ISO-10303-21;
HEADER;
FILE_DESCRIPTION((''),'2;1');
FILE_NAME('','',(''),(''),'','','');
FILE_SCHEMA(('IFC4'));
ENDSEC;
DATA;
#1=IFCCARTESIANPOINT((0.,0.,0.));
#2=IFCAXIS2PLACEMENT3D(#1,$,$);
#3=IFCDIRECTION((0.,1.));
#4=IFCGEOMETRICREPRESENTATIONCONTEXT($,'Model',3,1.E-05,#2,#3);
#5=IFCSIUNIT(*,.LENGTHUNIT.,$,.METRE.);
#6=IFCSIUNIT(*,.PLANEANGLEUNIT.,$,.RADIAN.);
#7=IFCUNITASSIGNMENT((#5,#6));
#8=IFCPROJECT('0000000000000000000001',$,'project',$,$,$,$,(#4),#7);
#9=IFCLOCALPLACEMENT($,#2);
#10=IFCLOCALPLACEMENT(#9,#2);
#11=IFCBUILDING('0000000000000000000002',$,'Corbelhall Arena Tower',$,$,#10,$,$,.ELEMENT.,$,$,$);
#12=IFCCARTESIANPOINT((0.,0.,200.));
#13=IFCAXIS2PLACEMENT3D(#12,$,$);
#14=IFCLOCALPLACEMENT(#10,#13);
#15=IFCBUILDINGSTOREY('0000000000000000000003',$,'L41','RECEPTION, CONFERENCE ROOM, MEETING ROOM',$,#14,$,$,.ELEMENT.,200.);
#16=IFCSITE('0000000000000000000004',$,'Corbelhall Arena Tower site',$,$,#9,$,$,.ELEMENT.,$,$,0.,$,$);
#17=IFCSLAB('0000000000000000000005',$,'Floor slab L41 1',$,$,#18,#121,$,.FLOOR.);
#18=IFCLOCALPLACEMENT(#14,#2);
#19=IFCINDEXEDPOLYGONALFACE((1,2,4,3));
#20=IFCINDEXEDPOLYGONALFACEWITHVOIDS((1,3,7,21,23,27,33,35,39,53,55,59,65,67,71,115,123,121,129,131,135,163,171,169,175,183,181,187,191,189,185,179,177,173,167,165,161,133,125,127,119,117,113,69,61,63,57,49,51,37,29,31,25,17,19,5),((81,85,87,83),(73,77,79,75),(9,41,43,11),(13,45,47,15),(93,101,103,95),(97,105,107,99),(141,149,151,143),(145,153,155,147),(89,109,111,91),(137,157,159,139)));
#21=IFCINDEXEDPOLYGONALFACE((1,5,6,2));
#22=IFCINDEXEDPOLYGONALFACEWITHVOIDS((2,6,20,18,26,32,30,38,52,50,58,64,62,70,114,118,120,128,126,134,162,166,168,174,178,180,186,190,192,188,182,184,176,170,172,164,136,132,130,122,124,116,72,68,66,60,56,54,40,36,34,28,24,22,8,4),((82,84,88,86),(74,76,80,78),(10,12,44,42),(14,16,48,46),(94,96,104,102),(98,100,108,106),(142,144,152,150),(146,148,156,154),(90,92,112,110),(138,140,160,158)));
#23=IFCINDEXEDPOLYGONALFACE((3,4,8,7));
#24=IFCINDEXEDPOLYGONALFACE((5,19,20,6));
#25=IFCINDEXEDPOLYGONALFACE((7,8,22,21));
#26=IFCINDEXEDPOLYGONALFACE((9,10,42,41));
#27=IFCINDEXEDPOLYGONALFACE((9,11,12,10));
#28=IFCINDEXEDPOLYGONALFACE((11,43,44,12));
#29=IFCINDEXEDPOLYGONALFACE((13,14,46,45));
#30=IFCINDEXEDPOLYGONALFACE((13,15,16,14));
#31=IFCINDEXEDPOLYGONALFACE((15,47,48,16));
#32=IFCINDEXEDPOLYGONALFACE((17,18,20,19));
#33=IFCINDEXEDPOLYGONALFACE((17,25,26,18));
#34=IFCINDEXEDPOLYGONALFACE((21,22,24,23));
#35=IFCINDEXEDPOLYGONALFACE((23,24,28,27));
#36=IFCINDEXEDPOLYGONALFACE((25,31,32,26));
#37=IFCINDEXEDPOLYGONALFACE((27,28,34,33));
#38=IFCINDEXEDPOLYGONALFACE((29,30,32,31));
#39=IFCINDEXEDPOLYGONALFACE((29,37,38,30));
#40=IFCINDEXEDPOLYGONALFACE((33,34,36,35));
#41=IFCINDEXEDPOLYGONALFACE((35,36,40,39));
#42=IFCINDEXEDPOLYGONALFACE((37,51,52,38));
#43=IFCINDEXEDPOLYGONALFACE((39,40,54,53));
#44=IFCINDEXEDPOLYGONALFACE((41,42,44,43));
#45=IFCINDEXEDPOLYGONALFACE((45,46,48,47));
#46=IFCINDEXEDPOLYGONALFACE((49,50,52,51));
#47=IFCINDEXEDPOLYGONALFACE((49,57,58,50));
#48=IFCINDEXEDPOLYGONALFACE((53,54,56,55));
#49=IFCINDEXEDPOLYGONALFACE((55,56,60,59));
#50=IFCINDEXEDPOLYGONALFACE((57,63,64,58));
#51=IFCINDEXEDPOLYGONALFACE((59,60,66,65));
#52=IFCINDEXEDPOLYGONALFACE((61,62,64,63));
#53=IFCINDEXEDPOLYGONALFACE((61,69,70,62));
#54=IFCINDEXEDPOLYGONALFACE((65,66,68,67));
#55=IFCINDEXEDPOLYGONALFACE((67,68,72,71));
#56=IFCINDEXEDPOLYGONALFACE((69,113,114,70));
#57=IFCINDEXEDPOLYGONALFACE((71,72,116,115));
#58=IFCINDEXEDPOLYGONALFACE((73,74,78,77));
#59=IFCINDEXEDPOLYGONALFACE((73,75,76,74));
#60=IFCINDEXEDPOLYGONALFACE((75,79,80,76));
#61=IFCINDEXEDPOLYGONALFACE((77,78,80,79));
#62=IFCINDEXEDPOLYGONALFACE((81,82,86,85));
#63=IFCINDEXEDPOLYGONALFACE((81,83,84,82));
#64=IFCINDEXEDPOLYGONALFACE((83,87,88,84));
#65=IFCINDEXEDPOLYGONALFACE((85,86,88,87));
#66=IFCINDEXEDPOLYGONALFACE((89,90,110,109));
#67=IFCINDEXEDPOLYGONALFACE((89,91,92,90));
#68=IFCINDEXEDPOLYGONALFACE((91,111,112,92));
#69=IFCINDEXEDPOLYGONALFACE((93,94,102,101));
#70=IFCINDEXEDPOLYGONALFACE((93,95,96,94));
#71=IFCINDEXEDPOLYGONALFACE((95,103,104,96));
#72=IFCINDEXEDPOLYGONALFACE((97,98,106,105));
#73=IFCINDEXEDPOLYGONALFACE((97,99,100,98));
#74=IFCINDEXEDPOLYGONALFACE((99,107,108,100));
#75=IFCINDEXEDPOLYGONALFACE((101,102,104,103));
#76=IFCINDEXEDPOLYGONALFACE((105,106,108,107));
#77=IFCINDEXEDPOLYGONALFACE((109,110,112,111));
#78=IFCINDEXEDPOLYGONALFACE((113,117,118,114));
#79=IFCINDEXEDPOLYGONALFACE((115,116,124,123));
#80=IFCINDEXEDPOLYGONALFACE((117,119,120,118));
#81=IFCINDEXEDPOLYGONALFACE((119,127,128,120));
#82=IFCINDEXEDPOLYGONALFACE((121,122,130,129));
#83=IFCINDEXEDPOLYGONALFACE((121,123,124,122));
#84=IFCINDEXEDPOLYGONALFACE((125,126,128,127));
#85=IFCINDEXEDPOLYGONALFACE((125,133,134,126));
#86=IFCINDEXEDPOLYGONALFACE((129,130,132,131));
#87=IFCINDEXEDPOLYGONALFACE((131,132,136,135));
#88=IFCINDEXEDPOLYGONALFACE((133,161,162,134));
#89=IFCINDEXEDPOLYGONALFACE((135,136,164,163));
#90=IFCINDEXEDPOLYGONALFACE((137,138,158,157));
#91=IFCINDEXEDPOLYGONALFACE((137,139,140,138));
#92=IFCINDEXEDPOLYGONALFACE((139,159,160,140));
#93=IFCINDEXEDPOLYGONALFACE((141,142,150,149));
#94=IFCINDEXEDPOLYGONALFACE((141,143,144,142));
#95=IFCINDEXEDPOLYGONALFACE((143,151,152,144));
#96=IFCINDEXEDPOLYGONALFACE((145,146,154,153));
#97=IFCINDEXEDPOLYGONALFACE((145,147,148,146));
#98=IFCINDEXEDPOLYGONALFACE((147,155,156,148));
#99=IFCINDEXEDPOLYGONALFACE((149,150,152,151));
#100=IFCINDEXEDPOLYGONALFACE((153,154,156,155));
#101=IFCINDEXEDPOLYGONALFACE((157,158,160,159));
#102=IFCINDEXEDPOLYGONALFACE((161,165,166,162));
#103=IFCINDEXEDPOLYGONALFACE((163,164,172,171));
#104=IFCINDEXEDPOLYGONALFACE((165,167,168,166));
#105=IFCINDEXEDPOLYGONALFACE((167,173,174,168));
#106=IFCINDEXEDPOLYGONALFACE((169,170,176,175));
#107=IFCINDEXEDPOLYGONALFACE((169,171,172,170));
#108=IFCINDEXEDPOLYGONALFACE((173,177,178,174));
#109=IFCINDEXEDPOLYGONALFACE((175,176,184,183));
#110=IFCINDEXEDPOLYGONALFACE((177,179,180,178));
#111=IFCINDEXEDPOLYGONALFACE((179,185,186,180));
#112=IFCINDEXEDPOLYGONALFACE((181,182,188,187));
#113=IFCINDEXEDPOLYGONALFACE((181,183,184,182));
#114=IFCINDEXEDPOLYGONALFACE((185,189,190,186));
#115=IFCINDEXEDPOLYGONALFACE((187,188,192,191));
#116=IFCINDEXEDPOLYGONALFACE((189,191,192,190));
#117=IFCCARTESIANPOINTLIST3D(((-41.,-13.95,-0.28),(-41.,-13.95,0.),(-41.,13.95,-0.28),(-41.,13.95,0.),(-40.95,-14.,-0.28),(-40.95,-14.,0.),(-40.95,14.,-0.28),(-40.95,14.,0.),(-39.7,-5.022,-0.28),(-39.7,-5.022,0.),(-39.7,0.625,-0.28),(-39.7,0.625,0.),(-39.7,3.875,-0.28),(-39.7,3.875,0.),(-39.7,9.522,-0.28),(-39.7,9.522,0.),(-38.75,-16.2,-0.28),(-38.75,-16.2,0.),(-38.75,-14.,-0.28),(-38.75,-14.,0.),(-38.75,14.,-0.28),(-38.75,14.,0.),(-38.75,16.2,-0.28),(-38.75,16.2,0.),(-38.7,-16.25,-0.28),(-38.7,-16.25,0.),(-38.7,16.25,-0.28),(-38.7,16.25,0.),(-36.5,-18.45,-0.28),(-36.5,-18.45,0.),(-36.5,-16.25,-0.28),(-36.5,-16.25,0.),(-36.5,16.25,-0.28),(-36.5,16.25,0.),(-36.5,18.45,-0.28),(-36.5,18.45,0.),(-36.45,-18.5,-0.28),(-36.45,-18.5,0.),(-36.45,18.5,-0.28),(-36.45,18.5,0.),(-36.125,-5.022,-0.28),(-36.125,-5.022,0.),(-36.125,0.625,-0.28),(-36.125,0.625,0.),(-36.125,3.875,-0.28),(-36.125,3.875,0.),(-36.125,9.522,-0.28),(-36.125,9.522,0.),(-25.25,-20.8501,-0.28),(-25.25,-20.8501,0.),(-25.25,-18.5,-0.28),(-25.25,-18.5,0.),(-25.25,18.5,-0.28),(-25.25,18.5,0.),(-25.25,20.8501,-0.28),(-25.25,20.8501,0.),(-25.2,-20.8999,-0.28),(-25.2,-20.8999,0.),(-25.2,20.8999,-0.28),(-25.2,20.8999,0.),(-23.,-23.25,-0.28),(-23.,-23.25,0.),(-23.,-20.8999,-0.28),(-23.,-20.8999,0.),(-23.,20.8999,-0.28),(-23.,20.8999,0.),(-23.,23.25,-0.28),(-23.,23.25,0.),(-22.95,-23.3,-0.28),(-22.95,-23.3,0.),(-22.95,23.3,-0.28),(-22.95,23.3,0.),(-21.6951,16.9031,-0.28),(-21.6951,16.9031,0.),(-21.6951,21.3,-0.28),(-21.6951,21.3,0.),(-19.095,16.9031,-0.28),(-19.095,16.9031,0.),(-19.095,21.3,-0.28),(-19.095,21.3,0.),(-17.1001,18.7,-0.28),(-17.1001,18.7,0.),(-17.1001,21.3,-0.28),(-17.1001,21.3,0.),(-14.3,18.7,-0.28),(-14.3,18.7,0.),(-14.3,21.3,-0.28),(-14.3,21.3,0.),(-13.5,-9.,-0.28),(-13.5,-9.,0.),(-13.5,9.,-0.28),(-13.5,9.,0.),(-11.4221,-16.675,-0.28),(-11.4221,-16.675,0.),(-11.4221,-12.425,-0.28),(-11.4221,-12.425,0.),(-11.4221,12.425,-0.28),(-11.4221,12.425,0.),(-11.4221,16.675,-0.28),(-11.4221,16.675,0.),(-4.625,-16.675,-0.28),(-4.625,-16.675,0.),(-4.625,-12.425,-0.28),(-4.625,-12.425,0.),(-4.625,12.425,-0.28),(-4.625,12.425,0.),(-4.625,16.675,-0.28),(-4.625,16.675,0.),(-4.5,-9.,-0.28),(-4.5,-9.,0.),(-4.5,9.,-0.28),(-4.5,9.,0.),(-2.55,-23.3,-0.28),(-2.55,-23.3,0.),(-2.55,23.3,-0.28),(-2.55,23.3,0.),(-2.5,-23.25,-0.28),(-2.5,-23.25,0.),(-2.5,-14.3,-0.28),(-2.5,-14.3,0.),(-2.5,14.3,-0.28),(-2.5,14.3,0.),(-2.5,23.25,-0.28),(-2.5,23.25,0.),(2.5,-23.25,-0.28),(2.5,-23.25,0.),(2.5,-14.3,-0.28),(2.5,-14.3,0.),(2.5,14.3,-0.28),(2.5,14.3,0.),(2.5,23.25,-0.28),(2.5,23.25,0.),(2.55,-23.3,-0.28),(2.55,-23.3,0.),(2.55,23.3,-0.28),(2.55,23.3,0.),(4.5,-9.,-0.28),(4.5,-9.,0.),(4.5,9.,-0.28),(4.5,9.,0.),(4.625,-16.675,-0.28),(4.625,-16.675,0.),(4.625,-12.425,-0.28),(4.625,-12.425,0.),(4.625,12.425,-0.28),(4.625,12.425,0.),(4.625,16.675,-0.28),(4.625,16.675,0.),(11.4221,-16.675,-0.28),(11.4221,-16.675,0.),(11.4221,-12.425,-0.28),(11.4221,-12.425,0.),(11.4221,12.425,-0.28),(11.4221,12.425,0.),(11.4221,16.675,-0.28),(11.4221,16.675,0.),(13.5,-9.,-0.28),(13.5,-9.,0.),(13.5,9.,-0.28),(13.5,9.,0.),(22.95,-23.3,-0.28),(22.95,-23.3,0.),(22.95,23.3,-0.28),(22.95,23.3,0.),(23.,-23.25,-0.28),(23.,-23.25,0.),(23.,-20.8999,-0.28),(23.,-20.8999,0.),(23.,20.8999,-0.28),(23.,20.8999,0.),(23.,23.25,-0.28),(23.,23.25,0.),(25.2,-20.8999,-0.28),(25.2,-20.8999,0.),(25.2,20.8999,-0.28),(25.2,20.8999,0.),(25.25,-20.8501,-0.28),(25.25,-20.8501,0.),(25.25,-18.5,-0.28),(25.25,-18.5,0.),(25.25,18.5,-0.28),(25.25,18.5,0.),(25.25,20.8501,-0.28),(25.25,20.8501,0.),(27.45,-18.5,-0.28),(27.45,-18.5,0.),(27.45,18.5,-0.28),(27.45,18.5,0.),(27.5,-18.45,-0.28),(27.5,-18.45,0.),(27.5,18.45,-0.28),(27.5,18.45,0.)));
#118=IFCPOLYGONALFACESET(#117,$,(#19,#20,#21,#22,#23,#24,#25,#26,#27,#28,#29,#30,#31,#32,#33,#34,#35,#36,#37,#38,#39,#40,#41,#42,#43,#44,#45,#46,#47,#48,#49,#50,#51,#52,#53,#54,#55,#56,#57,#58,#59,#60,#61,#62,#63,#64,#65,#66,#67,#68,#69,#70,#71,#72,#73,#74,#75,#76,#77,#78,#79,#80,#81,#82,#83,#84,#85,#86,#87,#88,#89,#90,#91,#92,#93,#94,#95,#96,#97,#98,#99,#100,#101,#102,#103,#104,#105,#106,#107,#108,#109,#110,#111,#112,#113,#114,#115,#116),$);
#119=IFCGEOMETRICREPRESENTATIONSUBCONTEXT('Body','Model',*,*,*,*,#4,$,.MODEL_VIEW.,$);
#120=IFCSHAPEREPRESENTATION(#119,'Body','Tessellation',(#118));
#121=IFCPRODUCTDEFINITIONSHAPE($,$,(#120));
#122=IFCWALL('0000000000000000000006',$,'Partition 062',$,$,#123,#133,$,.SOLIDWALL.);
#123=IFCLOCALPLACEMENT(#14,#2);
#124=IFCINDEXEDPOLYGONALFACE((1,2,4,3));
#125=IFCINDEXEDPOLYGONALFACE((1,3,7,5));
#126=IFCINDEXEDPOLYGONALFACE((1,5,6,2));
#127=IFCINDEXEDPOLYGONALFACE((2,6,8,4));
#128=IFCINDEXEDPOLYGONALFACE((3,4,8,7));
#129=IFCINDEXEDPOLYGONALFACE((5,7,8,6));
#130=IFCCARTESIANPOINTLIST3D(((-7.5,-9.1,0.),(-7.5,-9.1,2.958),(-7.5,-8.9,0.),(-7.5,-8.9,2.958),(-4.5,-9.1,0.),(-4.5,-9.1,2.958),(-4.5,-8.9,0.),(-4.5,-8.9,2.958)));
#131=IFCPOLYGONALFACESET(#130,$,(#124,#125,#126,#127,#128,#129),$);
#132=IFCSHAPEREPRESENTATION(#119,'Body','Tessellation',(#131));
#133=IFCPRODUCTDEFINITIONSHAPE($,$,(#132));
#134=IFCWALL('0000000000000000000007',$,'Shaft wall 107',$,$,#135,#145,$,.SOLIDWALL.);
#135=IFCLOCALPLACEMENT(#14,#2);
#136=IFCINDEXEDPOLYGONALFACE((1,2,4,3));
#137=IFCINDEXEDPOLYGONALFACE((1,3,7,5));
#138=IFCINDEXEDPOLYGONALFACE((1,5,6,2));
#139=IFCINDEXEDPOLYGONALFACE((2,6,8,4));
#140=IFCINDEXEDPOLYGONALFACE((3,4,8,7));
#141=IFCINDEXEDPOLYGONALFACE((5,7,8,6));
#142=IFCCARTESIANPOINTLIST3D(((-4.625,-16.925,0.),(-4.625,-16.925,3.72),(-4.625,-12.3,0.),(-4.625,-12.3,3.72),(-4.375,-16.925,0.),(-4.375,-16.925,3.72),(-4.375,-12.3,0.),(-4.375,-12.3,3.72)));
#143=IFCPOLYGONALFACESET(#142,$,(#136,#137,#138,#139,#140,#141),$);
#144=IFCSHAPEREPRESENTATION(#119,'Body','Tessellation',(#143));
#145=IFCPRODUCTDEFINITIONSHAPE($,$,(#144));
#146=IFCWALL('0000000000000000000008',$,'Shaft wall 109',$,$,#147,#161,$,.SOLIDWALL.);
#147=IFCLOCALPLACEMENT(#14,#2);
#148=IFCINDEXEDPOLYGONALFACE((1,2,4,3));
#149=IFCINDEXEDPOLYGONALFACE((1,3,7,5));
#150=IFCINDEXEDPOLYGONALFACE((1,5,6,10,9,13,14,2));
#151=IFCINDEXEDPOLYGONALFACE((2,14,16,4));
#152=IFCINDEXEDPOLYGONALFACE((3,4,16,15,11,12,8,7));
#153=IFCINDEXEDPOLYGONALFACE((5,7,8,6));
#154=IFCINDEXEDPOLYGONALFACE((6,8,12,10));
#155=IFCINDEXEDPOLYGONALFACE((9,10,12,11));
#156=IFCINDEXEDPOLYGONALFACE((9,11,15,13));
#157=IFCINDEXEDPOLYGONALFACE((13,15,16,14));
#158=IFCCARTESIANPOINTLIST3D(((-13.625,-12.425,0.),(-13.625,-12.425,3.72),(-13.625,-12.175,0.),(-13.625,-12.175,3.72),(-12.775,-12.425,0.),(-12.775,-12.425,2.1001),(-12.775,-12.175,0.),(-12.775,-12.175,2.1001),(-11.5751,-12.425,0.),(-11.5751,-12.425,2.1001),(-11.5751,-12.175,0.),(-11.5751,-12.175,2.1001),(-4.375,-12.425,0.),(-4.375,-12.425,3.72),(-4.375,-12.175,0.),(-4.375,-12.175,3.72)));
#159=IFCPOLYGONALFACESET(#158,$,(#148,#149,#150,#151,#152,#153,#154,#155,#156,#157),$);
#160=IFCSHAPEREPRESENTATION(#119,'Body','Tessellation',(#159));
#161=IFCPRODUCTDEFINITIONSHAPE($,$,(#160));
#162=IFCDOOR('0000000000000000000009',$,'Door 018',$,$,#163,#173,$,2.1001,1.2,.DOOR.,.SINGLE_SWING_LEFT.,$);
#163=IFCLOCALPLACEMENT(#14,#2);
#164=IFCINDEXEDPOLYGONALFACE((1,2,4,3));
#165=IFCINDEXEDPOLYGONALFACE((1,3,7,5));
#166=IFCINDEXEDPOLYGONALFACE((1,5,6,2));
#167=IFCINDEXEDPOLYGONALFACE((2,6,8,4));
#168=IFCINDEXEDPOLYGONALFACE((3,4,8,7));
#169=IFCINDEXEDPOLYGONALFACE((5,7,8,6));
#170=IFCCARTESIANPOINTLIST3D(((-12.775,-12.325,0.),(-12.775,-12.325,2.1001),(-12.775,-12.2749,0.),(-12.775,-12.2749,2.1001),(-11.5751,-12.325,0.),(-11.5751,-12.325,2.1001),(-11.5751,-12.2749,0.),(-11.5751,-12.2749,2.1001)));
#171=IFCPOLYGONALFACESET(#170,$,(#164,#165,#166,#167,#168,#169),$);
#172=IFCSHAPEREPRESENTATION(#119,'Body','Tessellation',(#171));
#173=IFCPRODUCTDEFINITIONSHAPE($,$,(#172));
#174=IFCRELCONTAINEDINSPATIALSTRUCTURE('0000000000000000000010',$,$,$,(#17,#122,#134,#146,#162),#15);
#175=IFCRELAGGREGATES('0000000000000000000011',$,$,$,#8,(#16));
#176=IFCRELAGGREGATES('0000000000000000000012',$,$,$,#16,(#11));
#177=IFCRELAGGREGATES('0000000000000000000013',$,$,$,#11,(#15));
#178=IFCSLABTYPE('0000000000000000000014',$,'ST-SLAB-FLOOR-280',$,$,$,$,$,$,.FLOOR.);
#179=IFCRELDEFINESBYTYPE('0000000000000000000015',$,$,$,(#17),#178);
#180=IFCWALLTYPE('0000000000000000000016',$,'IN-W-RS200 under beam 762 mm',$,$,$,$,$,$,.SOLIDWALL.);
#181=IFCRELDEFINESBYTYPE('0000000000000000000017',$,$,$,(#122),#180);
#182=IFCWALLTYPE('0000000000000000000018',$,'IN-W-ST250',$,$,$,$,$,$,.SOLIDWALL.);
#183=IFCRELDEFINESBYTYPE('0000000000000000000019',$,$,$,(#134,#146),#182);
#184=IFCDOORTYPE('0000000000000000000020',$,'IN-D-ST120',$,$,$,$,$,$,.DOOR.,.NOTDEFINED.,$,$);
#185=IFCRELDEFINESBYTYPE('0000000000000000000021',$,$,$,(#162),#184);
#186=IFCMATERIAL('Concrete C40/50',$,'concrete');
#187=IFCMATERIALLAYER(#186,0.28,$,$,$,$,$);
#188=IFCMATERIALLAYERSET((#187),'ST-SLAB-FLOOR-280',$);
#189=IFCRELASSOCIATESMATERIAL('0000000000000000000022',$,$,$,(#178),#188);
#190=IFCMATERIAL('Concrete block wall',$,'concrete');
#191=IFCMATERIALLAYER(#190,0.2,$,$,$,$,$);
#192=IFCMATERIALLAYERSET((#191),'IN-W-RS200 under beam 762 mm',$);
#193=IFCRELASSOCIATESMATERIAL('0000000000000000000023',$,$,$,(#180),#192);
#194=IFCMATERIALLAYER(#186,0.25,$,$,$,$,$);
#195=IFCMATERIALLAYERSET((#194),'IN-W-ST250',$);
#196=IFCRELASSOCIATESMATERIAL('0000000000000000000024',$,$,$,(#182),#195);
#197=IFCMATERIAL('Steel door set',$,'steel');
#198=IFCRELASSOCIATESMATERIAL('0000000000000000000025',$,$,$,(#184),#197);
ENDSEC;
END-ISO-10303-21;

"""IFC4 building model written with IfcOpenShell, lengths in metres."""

from ifc_helpers import new_model, si_unit, direction, frame, frame_2d, origin, place, context, subcontext, project, spatial, polyline, rectangle, outline, extrude, material, layer, layer_set, type_object, element, fill, save


model = new_model("IFC4")

# Units and contexts
model_context = context("Model", 3, precision=1e-05, world=origin(), true_north=direction((0.0, 1.0)))
body_context = subcontext(model_context, "Body", "Model", "MODEL_VIEW")
ifc_project = project(units=[si_unit("LENGTHUNIT", "METRE"), si_unit("PLANEANGLEUNIT", "RADIAN")], contexts=[model_context])

# Site, building, storey
site_placement = place(None, origin())
site = spatial("IfcSite", under=ifc_project, at=site_placement, Name="Corbelhall Arena Tower site", CompositionType="ELEMENT", RefElevation=0.0)
building_placement = place(site_placement, origin())
building = spatial("IfcBuilding", under=site, at=building_placement, Name="Corbelhall Arena Tower", CompositionType="ELEMENT")
storey_placement = place(building_placement, frame((0.0, 0.0, 200.0)))
storey = spatial("IfcBuildingStorey", under=building, at=storey_placement, Name="L41", Description="RECEPTION, CONFERENCE ROOM, MEETING ROOM", CompositionType="ELEMENT", Elevation=200.0)

# Shared definitions
ifc_material_1 = material(Name="Concrete C40/50", Category="concrete")

# Slab
ifc_layer_1 = layer(ifc_material_1, 0.28)
ifc_layer_set_1 = layer_set([ifc_layer_1], Name="ST-SLAB-FLOOR-280")
slab_type_1 = type_object("IfcSlabType", Name="ST-SLAB-FLOOR-280", PredefinedType="FLOOR", material=ifc_layer_set_1)
slab_1_placement = place(storey_placement, frame((0.0, 0.0, -0.28)))
element("IfcSlab", 1, at=slab_1_placement, inside=storey, type_object=slab_type_1, Name="Floor slab L41 1", PredefinedType="FLOOR", context=body_context, shape_type="SweptSolid", body=[
    extrude(outline(polyline([(23.0, 23.25), (22.95, 23.3), (2.55, 23.3), (2.5, 23.25), (2.5, 14.3), (-2.5, 14.3), (-2.5, 23.25), (-2.55, 23.3), (-22.95, 23.3), (-23.0, 23.25), (-23.0, 20.8999), (-25.2, 20.8999), (-25.25, 20.8501), (-25.25, 18.5), (-36.45, 18.5), (-36.5, 18.45), (-36.5, 16.25), (-38.7, 16.25), (-38.75, 16.2), (-38.75, 14.0), (-40.95, 14.0), (-41.0, 13.95), (-41.0, -13.95), (-40.95, -14.0), (-38.75, -14.0), (-38.75, -16.2), (-38.7, -16.25), (-36.5, -16.25), (-36.5, -18.45), (-36.45, -18.5), (-25.25, -18.5), (-25.25, -20.8501), (-25.2, -20.8999), (-23.0, -20.8999), (-23.0, -23.25), (-22.95, -23.3), (-2.55, -23.3), (-2.5, -23.25), (-2.5, -14.3), (2.5, -14.3), (2.5, -23.25), (2.55, -23.3), (22.95, -23.3), (23.0, -23.25), (23.0, -20.8999), (25.2, -20.8999), (25.25, -20.8501), (25.25, -18.5), (27.45, -18.5), (27.5, -18.45), (27.5, 18.45), (27.45, 18.5), (25.25, 18.5), (25.25, 20.8501), (25.2, 20.8999), (23.0, 20.8999), (23.0, 23.25)]), holes=[polyline([(-4.5, -9.0), (-4.5, 9.0), (-13.5, 9.0), (-13.5, -9.0), (-4.5, -9.0)]), polyline([(13.5, -9.0), (13.5, 9.0), (4.5, 9.0), (4.5, -9.0), (13.5, -9.0)]), polyline([(-11.4221, 12.425), (-4.625, 12.425), (-4.625, 16.675), (-11.4221, 16.675), (-11.4221, 12.425)]), polyline([(-11.4221, -12.425), (-11.4221, -16.675), (-4.625, -16.675), (-4.625, -12.425), (-11.4221, -12.425)]), polyline([(4.625, 12.425), (11.4221, 12.425), (11.4221, 16.675), (4.625, 16.675), (4.625, 12.425)]), polyline([(4.625, -12.425), (4.625, -16.675), (11.4221, -16.675), (11.4221, -12.425), (4.625, -12.425)]), polyline([(-39.7, 9.522), (-39.7, 3.875), (-36.125, 3.875), (-36.125, 9.522), (-39.7, 9.522)]), polyline([(-39.7, -5.022), (-36.125, -5.022), (-36.125, 0.625), (-39.7, 0.625), (-39.7, -5.022)]), polyline([(-21.6951, 21.3), (-21.6951, 16.9031), (-19.095, 16.9031), (-19.095, 21.3), (-21.6951, 21.3)]), polyline([(-14.3, 21.3), (-17.1001, 21.3), (-17.1001, 18.7), (-14.3, 18.7), (-14.3, 21.3)])]), origin(), (0.0, 0.0, 1.0), 0.28),
])

# Wall
ifc_material_2 = material(Name="Concrete block wall", Category="concrete")
ifc_layer_2 = layer(ifc_material_2, 0.2)
ifc_layer_set_2 = layer_set([ifc_layer_2], Name="IN-W-RS200 under beam 762 mm")
wall_type_1 = type_object("IfcWallType", Name="IN-W-RS200 under beam 762 mm", PredefinedType="SOLIDWALL", material=ifc_layer_set_2)
wall_1_placement = place(storey_placement, frame((-4.5, -9.0, 0.0), z_axis=(0.0, 0.0, 1.0), x_axis=(-1.0, 0.0, 0.0)))
element("IfcWall", 2, at=wall_1_placement, inside=storey, type_object=wall_type_1, Name="Partition 062", PredefinedType="SOLIDWALL", context=body_context, shape_type="SweptSolid", body=[
    extrude(rectangle(XDim=3.0, YDim=0.2, at=frame_2d((1.5, 0.0))), origin(), (0.0, 0.0, 1.0), 2.958),
])

# Shared definitions
ifc_material_3 = material(Name="Steel door set", Category="steel")

# Wall
ifc_layer_3 = layer(ifc_material_1, 0.25)
ifc_layer_set_3 = layer_set([ifc_layer_3], Name="IN-W-ST250")
wall_type_2 = type_object("IfcWallType", Name="IN-W-ST250", PredefinedType="SOLIDWALL", material=ifc_layer_set_3)
wall_2_placement = place(storey_placement, frame((-4.5, -12.3, 0.0), z_axis=(0.0, 0.0, 1.0), x_axis=(0.0, -1.0, 0.0)))
element("IfcWall", 3, at=wall_2_placement, inside=storey, type_object=wall_type_2, Name="Shaft wall 107", PredefinedType="SOLIDWALL", context=body_context, shape_type="SweptSolid", body=[
    extrude(rectangle(XDim=4.625, YDim=0.25, at=frame_2d((2.3125, 0.0))), origin(), (0.0, 0.0, 1.0), 3.72),
])

# Wall, opening, door
wall_3_placement = place(storey_placement, frame((-4.375, -12.3, 0.0), z_axis=(0.0, 0.0, 1.0), x_axis=(-1.0, 0.0, 0.0)))
wall_3 = element("IfcWall", 4, at=wall_3_placement, inside=storey, type_object=wall_type_2, Name="Shaft wall 109", PredefinedType="SOLIDWALL", context=body_context, shape_type="SweptSolid", body=[
    extrude(rectangle(XDim=9.25, YDim=0.25, at=frame_2d((4.625, 0.0))), origin(), (0.0, 0.0, 1.0), 3.72),
])
opening_1_placement = place(wall_3_placement, frame((7.2, 0.0, 0.0)))
opening_1 = element("IfcOpeningElement", 5, at=opening_1_placement, cuts=wall_3, PredefinedType="OPENING", context=body_context, shape_type="SweptSolid", body=[
    extrude(rectangle(XDim=1.2, YDim=2.1001, at=frame_2d((0.6001, 1.05))), frame((0.0, 0.125, 0.0), z_axis=(0.0, -1.0, 0.0), x_axis=(1.0, 0.0, 0.0)), (0.0, 0.0, 1.0), 0.25),
])
door_type_1 = type_object("IfcDoorType", Name="IN-D-ST120", OperationType="NOTDEFINED", PredefinedType="DOOR", material=ifc_material_3)
door_1_placement = place(opening_1_placement, origin())
door_1 = element("IfcDoor", 6, at=door_1_placement, inside=storey, type_object=door_type_1, Name="Door 018", OperationType="SINGLE_SWING_LEFT", OverallHeight=2.1001, OverallWidth=1.2, PredefinedType="DOOR", context=body_context, shape_type="SweptSolid", body=[
    extrude(rectangle(XDim=1.2, YDim=2.1001, at=frame_2d((0.6001, 1.05))), frame((0.0, 0.0249, 0.0), z_axis=(0.0, -1.0, 0.0), x_axis=(1.0, 0.0, 0.0)), (0.0, 0.0, 1.0), 0.05),
])
fill(opening_1, door_1)

save(model, "model.ifc")
